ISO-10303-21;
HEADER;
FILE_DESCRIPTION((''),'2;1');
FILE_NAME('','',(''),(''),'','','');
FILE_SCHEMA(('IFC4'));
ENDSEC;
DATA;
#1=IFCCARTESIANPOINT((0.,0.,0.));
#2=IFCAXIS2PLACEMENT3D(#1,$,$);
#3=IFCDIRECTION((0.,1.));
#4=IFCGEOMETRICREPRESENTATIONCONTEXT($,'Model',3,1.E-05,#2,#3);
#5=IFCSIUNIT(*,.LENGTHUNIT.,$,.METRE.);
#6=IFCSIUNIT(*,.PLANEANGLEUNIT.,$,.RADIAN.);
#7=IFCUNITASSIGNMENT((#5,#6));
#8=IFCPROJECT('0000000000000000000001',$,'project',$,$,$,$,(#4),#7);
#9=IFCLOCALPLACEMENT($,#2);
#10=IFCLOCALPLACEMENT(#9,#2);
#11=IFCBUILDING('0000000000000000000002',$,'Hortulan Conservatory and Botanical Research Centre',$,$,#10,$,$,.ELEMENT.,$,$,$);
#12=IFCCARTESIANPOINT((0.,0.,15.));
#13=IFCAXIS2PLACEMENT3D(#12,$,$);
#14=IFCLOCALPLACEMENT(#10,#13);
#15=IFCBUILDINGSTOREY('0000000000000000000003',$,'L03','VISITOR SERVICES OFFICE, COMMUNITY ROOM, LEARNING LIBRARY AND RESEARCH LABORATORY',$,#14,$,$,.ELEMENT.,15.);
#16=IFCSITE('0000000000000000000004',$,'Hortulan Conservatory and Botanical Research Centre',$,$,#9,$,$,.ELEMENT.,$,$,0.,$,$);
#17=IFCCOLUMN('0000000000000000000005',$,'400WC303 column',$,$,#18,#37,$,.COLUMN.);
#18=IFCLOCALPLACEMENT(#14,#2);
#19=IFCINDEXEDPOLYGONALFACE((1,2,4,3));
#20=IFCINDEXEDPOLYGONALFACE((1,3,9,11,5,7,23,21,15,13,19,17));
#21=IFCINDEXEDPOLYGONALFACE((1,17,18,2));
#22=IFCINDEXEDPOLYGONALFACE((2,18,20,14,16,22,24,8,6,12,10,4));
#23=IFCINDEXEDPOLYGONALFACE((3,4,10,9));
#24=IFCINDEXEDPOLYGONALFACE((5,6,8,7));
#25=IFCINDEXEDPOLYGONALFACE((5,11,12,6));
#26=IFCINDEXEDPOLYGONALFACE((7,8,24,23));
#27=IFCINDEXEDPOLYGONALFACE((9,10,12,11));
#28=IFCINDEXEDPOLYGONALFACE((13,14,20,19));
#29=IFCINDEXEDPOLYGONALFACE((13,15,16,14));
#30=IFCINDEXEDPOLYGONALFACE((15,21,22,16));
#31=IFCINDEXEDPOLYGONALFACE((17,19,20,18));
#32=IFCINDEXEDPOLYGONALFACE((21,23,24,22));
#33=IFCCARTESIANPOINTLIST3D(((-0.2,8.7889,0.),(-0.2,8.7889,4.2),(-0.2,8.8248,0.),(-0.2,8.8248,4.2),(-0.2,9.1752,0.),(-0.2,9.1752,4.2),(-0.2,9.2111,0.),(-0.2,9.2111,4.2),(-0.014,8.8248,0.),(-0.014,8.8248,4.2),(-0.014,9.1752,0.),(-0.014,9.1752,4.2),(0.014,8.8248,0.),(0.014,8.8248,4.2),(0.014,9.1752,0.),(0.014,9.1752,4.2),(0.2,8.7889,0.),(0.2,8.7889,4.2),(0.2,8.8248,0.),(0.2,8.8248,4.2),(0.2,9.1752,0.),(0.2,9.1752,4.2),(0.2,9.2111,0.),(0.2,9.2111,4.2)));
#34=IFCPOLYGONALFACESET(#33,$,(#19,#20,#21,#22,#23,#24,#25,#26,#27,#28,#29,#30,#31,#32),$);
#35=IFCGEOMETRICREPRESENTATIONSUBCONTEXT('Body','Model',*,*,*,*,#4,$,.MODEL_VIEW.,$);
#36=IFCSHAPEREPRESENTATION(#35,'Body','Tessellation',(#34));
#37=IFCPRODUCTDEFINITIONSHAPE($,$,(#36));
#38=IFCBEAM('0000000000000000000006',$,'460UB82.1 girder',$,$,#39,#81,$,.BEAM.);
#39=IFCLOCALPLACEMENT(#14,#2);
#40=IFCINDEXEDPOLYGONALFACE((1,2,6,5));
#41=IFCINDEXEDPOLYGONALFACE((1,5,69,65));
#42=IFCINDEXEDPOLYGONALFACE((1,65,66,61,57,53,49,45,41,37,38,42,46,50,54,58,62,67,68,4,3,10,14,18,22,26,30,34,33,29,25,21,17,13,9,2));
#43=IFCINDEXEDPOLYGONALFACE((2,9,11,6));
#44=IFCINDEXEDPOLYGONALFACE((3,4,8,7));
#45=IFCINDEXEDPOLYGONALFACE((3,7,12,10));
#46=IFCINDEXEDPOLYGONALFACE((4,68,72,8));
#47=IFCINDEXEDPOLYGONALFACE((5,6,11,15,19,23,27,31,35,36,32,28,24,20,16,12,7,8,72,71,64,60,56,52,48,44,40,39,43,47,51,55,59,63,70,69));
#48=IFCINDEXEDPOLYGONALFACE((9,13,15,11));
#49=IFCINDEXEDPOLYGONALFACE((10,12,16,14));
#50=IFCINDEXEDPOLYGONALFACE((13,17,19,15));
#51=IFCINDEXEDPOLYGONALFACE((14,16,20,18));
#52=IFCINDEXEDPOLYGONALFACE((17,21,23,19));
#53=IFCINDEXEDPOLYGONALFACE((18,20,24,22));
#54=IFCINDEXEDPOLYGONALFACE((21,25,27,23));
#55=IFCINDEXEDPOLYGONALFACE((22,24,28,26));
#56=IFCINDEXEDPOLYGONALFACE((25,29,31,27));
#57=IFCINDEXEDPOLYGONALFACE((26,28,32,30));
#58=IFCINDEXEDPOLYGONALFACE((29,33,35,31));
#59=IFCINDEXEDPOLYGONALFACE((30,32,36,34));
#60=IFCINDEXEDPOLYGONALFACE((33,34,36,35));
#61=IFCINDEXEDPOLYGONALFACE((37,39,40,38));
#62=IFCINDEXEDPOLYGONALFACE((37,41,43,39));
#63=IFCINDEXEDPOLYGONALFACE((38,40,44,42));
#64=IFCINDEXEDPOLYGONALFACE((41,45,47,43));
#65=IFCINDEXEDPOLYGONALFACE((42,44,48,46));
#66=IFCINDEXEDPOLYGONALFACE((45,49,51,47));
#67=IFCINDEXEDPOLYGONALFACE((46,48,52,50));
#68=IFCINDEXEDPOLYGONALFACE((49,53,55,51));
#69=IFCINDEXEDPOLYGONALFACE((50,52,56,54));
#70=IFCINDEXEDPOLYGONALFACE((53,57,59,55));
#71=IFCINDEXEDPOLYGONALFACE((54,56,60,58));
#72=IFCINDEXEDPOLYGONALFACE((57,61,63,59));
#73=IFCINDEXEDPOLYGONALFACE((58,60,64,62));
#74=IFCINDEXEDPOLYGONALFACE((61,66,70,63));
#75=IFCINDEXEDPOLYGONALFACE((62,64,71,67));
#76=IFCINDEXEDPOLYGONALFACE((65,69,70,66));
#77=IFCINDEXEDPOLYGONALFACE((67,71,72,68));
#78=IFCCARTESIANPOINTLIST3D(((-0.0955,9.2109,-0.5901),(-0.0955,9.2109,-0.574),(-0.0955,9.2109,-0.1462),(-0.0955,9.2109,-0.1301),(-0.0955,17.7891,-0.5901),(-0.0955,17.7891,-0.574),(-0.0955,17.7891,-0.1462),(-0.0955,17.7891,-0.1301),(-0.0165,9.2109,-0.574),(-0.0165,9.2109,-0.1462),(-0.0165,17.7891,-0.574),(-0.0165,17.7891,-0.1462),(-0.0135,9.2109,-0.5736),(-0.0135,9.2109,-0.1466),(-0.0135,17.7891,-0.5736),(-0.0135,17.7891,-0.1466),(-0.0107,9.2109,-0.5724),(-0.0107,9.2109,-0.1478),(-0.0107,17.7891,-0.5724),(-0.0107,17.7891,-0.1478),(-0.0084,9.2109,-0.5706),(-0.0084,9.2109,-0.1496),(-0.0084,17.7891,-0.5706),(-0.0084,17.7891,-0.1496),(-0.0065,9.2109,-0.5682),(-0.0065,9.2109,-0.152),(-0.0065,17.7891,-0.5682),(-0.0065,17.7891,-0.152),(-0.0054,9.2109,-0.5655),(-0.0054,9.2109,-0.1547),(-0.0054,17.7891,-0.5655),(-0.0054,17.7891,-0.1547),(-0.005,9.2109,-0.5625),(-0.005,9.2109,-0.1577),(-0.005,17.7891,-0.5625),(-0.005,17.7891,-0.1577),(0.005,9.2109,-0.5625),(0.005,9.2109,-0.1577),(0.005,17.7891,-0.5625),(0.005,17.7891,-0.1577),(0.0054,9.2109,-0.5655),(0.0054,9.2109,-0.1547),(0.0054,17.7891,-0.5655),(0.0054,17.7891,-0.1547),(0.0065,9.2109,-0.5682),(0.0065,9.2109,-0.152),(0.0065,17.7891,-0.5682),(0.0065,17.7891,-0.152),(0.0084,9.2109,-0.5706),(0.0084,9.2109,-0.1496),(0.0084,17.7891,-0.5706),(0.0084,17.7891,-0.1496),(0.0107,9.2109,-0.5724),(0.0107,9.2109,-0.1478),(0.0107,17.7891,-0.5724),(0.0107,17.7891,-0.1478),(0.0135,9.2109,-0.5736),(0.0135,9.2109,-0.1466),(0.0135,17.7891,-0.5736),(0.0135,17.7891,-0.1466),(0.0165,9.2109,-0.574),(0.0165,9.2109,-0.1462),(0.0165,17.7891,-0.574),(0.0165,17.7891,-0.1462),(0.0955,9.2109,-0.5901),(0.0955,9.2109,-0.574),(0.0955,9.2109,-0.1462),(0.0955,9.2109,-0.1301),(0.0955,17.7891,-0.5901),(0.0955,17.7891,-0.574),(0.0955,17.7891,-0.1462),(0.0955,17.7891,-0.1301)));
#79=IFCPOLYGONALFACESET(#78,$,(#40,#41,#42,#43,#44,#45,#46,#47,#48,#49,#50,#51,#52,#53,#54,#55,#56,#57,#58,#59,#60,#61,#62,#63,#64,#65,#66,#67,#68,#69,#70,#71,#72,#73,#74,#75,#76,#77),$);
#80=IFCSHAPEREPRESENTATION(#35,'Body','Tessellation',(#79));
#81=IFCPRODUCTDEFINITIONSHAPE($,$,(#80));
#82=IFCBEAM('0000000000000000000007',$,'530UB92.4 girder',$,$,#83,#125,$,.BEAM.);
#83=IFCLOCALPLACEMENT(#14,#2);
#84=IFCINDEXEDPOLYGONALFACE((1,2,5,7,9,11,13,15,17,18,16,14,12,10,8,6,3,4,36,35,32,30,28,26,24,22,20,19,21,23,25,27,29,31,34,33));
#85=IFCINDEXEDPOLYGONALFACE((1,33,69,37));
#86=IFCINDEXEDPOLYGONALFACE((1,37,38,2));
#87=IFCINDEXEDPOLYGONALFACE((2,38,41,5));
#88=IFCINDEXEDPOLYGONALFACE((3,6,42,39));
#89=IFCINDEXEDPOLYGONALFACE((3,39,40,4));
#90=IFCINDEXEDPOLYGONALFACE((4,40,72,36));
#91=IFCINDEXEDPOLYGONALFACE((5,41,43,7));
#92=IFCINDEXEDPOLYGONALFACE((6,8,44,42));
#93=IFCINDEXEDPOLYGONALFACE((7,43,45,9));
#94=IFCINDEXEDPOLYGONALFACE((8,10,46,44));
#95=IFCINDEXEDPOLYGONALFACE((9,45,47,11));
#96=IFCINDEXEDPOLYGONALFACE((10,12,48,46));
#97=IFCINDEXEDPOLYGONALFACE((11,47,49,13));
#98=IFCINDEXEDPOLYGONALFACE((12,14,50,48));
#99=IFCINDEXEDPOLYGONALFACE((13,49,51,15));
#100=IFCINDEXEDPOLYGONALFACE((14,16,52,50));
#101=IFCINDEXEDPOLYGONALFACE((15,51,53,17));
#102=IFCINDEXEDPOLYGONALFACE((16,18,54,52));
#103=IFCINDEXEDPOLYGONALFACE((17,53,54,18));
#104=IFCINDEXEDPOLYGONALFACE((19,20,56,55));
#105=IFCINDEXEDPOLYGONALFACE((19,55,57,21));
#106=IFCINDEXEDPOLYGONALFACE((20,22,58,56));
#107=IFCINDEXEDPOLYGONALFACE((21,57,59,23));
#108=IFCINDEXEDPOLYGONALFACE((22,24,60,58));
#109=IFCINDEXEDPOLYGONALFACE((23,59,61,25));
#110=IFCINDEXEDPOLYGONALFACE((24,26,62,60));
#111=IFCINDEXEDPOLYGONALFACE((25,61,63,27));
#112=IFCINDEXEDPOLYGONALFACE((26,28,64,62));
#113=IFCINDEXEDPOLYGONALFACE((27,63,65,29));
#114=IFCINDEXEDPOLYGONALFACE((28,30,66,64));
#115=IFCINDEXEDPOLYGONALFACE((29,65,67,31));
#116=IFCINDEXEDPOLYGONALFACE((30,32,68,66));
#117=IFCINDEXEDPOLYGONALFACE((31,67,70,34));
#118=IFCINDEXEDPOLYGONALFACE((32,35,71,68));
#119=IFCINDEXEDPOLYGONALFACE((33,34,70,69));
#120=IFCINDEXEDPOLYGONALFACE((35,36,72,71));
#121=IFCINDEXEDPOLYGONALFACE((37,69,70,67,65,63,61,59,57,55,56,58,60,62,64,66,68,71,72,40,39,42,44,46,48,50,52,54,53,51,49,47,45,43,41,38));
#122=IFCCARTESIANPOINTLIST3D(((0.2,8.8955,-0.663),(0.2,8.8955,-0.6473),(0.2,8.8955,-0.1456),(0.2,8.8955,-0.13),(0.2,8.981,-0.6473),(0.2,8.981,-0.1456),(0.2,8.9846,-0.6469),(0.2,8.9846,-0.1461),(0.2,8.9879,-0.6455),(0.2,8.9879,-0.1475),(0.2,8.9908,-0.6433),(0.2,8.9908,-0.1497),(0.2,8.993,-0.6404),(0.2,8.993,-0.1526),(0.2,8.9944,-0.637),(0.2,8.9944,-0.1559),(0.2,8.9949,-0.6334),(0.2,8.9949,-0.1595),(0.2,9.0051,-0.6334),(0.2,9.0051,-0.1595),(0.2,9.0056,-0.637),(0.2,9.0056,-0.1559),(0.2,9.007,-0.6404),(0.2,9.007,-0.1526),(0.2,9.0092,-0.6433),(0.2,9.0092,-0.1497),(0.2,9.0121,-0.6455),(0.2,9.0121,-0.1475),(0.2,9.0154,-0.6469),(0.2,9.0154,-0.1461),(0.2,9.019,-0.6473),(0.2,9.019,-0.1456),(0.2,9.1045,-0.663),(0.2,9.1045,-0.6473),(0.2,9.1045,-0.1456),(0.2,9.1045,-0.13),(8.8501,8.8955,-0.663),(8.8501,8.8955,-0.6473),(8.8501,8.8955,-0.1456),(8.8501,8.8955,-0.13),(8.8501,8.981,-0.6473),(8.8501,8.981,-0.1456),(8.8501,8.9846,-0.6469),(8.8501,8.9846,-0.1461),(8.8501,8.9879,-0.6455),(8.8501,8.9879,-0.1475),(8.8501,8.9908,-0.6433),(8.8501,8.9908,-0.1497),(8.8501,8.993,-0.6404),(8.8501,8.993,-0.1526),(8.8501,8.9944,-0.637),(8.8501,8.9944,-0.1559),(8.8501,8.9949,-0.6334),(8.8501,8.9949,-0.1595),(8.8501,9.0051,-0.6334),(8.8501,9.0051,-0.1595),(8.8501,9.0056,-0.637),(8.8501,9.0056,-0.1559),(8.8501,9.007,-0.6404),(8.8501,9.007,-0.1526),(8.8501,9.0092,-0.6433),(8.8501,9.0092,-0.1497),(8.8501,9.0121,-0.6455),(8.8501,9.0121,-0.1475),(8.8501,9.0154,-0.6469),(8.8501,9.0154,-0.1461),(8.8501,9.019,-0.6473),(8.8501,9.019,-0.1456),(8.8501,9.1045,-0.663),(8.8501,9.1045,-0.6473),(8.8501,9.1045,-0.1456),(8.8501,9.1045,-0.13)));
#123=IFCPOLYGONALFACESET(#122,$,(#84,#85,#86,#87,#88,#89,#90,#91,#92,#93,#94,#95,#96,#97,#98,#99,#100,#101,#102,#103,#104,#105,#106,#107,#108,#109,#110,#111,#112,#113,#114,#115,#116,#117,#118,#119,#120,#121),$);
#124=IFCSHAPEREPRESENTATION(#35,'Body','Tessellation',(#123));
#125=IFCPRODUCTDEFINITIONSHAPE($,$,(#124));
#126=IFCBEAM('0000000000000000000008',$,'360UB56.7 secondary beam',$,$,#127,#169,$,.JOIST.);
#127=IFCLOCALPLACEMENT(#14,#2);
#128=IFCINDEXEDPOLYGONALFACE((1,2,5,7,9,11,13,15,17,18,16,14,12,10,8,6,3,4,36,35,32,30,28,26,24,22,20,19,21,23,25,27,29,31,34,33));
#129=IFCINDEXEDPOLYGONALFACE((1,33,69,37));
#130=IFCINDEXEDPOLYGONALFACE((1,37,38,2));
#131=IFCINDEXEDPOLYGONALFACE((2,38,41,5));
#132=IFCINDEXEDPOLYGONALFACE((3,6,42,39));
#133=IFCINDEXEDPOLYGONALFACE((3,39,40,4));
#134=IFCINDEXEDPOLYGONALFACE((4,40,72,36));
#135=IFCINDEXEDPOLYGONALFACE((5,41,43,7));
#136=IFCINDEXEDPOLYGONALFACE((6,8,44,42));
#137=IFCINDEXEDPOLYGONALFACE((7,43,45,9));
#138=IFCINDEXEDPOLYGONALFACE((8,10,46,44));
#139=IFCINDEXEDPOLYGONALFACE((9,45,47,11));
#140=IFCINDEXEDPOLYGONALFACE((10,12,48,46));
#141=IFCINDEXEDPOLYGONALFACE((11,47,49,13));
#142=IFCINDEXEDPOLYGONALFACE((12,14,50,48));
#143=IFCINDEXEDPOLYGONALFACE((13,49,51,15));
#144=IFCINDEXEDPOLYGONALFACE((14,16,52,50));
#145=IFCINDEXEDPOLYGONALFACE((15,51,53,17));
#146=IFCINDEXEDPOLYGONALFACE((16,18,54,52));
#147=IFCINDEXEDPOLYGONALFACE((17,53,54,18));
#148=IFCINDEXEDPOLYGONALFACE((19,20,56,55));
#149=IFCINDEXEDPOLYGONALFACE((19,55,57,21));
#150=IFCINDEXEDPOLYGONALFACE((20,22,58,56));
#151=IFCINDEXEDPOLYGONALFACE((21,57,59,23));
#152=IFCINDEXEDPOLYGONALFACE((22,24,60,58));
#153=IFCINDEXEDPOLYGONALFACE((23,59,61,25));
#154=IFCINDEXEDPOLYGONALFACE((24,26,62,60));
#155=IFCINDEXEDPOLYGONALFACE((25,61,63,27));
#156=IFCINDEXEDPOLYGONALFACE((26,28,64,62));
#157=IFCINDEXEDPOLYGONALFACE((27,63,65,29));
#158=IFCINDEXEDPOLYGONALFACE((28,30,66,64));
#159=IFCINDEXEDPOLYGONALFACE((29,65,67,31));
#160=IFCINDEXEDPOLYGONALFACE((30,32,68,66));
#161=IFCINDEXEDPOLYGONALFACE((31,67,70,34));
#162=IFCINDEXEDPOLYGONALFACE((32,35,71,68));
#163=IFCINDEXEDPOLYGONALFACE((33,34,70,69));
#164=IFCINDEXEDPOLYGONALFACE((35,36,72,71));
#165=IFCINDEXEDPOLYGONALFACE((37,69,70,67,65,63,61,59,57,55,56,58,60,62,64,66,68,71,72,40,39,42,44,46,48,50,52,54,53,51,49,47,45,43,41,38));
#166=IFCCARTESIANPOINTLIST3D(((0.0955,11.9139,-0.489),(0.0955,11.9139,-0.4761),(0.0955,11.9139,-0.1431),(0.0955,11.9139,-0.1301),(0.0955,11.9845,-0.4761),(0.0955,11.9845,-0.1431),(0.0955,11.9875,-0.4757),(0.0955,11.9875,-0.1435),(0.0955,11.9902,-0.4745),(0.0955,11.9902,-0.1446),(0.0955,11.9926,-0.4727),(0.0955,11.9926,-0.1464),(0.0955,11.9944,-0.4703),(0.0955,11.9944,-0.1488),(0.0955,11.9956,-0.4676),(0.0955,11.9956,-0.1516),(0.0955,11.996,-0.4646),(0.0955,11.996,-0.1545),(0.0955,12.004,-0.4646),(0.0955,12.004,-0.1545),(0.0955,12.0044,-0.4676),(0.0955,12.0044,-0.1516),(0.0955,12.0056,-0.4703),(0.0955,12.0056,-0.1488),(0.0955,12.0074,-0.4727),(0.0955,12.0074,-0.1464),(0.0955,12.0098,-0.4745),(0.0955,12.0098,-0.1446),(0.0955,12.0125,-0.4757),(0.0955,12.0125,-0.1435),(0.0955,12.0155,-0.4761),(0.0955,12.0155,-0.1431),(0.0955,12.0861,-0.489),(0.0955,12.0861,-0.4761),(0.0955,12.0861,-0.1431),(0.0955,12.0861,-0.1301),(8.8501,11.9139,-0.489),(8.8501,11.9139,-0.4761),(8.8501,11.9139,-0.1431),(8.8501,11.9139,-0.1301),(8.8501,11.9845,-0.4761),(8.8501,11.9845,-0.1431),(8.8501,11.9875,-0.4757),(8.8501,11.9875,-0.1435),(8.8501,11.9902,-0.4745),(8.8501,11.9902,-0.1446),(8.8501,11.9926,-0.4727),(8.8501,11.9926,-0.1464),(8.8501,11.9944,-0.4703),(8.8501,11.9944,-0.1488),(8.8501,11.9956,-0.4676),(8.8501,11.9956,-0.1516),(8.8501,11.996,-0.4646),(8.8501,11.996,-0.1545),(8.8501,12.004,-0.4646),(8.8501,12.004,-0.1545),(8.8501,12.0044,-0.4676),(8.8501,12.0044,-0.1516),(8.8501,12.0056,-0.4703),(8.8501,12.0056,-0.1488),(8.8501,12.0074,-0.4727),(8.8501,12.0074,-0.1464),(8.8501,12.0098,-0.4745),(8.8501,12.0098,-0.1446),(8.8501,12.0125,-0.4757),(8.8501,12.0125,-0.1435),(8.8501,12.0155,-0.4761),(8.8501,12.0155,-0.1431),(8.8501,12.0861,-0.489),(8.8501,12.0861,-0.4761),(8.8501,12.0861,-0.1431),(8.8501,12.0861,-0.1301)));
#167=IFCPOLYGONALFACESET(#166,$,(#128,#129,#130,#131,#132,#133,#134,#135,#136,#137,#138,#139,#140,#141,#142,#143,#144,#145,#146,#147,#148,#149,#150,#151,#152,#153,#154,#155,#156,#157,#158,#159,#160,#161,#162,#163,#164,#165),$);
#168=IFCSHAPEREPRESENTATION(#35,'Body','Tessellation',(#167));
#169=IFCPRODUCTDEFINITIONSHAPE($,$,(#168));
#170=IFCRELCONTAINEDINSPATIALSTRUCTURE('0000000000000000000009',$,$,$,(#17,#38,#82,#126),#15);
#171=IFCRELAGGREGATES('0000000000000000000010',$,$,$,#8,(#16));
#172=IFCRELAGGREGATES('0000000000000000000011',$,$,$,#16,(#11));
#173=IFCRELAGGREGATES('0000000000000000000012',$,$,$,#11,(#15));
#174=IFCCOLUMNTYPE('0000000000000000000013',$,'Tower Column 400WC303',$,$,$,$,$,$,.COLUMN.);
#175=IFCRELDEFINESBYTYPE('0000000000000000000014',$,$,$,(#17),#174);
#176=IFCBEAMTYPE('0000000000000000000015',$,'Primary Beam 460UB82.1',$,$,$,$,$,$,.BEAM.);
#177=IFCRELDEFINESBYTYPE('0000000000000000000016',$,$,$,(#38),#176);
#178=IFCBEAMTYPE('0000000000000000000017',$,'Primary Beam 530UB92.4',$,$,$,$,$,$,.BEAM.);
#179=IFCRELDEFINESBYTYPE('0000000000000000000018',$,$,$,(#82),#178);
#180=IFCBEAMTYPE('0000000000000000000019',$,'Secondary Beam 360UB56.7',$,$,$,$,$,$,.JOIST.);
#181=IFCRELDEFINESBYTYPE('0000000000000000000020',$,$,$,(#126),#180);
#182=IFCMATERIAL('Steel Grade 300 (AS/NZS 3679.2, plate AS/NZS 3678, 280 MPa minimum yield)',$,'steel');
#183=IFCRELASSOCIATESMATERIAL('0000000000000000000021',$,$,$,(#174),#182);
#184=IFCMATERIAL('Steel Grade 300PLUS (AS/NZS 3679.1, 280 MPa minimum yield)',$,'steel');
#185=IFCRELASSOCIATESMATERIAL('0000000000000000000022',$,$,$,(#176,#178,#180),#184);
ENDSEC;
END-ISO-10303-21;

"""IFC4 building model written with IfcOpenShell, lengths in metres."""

from ifc_helpers import new_model, si_unit, direction, frame, origin, origin_2d, place, context, subcontext, project, spatial, i_section, extrude, material, material_profile, profile_set, type_object, element, save


model = new_model("IFC4")

# Units and contexts
model_context = context("Model", 3, precision=1e-05, world=origin(), true_north=direction((0.0, 1.0)))
body_context = subcontext(model_context, "Body", "Model", "MODEL_VIEW")
ifc_project = project(units=[si_unit("LENGTHUNIT", "METRE"), si_unit("PLANEANGLEUNIT", "RADIAN")], contexts=[model_context])

# Site, building, storey
site_placement = place(None, origin())
site = spatial("IfcSite", under=ifc_project, at=site_placement, Name="Hortulan Conservatory and Botanical Research Centre", CompositionType="ELEMENT", RefElevation=0.0)
building_placement = place(site_placement, origin())
building = spatial("IfcBuilding", under=site, at=building_placement, Name="Hortulan Conservatory and Botanical Research Centre", CompositionType="ELEMENT")
storey_placement = place(building_placement, frame((0.0, 0.0, 15.0)))
storey = spatial("IfcBuildingStorey", under=building, at=storey_placement, Name="L03", Description="VISITOR SERVICES OFFICE, COMMUNITY ROOM, LEARNING LIBRARY AND RESEARCH LABORATORY", CompositionType="ELEMENT", Elevation=15.0)

# Column
ifc_material_1 = material(Name="Steel Grade 300 (AS/NZS 3679.2, plate AS/NZS 3678, 280 MPa minimum yield)", Category="steel")
ifc_material_profile_1 = material_profile(ifc_material_1, i_section(OverallWidth=0.3999, OverallDepth=0.4221, WebThickness=0.0281, FlangeThickness=0.0359, at=origin_2d()), Name="400WC303")
ifc_profile_set_1 = profile_set([ifc_material_profile_1], Name="Steel Grade 300 (AS/NZS 3679.2, plate AS/NZS 3678, 280 MPa minimum yield)")
column_type = type_object("IfcColumnType", Name="Tower Column 400WC303", PredefinedType="COLUMN", material=ifc_profile_set_1)
column_placement = place(storey_placement, frame((0.0, 9.0, 0.0), z_axis=(0.0, 0.0, 1.0), x_axis=(1.0, 0.0, 0.0)))
element("IfcColumn", 1, at=column_placement, inside=storey, type_object=column_type, Name="400WC303 column", PredefinedType="COLUMN", context=body_context, shape_type="SweptSolid", body=[
    extrude(i_section(OverallWidth=0.3999, OverallDepth=0.4221, WebThickness=0.0281, FlangeThickness=0.0359, at=origin_2d()), origin(), (0.0, 0.0, 1.0), 4.2),
])

# Beams
ifc_material_2 = material(Name="Steel Grade 300PLUS (AS/NZS 3679.1, 280 MPa minimum yield)", Category="steel")
ifc_material_profile_2 = material_profile(ifc_material_2, i_section(OverallWidth=0.1909, OverallDepth=0.46, WebThickness=0.01, FlangeThickness=0.0161, FilletRadius=0.0115, at=origin_2d()), Name="460UB82.1")
ifc_profile_set_2 = profile_set([ifc_material_profile_2], Name="Steel Grade 300PLUS (AS/NZS 3679.1, 280 MPa minimum yield)")
beam_type_1 = type_object("IfcBeamType", Name="Primary Beam 460UB82.1", PredefinedType="BEAM", material=ifc_profile_set_2)
beam_1_placement = place(storey_placement, frame((0.0, 9.2109, -0.3601), z_axis=(0.0, 1.0, 0.0), x_axis=(-1.0, 0.0, 0.0)))
element("IfcBeam", 2, at=beam_1_placement, inside=storey, type_object=beam_type_1, Name="460UB82.1 girder", PredefinedType="BEAM", context=body_context, shape_type="SweptSolid", body=[
    extrude(i_section(OverallWidth=0.1909, OverallDepth=0.46, WebThickness=0.01, FlangeThickness=0.0161, FilletRadius=0.0115, at=origin_2d()), origin(), (0.0, 0.0, 1.0), 8.5781),
])
ifc_material_profile_3 = material_profile(ifc_material_2, i_section(OverallWidth=0.209, OverallDepth=0.533, WebThickness=0.0103, FlangeThickness=0.0156, FilletRadius=0.0139, at=origin_2d()), Name="530UB92.4")
ifc_profile_set_3 = profile_set([ifc_material_profile_3], Name="Steel Grade 300PLUS (AS/NZS 3679.1, 280 MPa minimum yield)")
beam_type_2 = type_object("IfcBeamType", Name="Primary Beam 530UB92.4", PredefinedType="BEAM", material=ifc_profile_set_3)
beam_2_placement = place(storey_placement, frame((0.2, 9.0, -0.3965), z_axis=(1.0, 0.0, 0.0), x_axis=(0.0, 1.0, 0.0)))
element("IfcBeam", 3, at=beam_2_placement, inside=storey, type_object=beam_type_2, Name="530UB92.4 girder", PredefinedType="BEAM", context=body_context, shape_type="SweptSolid", body=[
    extrude(i_section(OverallWidth=0.209, OverallDepth=0.533, WebThickness=0.0103, FlangeThickness=0.0156, FilletRadius=0.0139, at=origin_2d()), origin(), (0.0, 0.0, 1.0), 8.6501),
])
ifc_material_profile_4 = material_profile(ifc_material_2, i_section(OverallWidth=0.1721, OverallDepth=0.3589, WebThickness=0.0081, FlangeThickness=0.0129, FilletRadius=0.0115, at=origin_2d()), Name="360UB56.7")
ifc_profile_set_4 = profile_set([ifc_material_profile_4], Name="Steel Grade 300PLUS (AS/NZS 3679.1, 280 MPa minimum yield)")
beam_type_3 = type_object("IfcBeamType", Name="Secondary Beam 360UB56.7", PredefinedType="JOIST", material=ifc_profile_set_4)
for number, where, z_axis, x_axis, name in (
    (4, (0.0955, 12.0, -0.3096), (1.0, 0.0, 0.0), (0.0, 1.0, 0.0), "360UB56.7 secondary beam"),
):
    element("IfcBeam", number, at=place(storey_placement, frame(where, z_axis=z_axis, x_axis=x_axis)), inside=storey, type_object=beam_type_3, Name=name, PredefinedType="JOIST", context=body_context, shape_type="SweptSolid", body=[
        extrude(i_section(OverallWidth=0.1721, OverallDepth=0.3589, WebThickness=0.0081, FlangeThickness=0.0129, FilletRadius=0.0115, at=origin_2d()), origin(), (0.0, 0.0, 1.0), 8.7546),
    ])

save(model, "model.ifc")
